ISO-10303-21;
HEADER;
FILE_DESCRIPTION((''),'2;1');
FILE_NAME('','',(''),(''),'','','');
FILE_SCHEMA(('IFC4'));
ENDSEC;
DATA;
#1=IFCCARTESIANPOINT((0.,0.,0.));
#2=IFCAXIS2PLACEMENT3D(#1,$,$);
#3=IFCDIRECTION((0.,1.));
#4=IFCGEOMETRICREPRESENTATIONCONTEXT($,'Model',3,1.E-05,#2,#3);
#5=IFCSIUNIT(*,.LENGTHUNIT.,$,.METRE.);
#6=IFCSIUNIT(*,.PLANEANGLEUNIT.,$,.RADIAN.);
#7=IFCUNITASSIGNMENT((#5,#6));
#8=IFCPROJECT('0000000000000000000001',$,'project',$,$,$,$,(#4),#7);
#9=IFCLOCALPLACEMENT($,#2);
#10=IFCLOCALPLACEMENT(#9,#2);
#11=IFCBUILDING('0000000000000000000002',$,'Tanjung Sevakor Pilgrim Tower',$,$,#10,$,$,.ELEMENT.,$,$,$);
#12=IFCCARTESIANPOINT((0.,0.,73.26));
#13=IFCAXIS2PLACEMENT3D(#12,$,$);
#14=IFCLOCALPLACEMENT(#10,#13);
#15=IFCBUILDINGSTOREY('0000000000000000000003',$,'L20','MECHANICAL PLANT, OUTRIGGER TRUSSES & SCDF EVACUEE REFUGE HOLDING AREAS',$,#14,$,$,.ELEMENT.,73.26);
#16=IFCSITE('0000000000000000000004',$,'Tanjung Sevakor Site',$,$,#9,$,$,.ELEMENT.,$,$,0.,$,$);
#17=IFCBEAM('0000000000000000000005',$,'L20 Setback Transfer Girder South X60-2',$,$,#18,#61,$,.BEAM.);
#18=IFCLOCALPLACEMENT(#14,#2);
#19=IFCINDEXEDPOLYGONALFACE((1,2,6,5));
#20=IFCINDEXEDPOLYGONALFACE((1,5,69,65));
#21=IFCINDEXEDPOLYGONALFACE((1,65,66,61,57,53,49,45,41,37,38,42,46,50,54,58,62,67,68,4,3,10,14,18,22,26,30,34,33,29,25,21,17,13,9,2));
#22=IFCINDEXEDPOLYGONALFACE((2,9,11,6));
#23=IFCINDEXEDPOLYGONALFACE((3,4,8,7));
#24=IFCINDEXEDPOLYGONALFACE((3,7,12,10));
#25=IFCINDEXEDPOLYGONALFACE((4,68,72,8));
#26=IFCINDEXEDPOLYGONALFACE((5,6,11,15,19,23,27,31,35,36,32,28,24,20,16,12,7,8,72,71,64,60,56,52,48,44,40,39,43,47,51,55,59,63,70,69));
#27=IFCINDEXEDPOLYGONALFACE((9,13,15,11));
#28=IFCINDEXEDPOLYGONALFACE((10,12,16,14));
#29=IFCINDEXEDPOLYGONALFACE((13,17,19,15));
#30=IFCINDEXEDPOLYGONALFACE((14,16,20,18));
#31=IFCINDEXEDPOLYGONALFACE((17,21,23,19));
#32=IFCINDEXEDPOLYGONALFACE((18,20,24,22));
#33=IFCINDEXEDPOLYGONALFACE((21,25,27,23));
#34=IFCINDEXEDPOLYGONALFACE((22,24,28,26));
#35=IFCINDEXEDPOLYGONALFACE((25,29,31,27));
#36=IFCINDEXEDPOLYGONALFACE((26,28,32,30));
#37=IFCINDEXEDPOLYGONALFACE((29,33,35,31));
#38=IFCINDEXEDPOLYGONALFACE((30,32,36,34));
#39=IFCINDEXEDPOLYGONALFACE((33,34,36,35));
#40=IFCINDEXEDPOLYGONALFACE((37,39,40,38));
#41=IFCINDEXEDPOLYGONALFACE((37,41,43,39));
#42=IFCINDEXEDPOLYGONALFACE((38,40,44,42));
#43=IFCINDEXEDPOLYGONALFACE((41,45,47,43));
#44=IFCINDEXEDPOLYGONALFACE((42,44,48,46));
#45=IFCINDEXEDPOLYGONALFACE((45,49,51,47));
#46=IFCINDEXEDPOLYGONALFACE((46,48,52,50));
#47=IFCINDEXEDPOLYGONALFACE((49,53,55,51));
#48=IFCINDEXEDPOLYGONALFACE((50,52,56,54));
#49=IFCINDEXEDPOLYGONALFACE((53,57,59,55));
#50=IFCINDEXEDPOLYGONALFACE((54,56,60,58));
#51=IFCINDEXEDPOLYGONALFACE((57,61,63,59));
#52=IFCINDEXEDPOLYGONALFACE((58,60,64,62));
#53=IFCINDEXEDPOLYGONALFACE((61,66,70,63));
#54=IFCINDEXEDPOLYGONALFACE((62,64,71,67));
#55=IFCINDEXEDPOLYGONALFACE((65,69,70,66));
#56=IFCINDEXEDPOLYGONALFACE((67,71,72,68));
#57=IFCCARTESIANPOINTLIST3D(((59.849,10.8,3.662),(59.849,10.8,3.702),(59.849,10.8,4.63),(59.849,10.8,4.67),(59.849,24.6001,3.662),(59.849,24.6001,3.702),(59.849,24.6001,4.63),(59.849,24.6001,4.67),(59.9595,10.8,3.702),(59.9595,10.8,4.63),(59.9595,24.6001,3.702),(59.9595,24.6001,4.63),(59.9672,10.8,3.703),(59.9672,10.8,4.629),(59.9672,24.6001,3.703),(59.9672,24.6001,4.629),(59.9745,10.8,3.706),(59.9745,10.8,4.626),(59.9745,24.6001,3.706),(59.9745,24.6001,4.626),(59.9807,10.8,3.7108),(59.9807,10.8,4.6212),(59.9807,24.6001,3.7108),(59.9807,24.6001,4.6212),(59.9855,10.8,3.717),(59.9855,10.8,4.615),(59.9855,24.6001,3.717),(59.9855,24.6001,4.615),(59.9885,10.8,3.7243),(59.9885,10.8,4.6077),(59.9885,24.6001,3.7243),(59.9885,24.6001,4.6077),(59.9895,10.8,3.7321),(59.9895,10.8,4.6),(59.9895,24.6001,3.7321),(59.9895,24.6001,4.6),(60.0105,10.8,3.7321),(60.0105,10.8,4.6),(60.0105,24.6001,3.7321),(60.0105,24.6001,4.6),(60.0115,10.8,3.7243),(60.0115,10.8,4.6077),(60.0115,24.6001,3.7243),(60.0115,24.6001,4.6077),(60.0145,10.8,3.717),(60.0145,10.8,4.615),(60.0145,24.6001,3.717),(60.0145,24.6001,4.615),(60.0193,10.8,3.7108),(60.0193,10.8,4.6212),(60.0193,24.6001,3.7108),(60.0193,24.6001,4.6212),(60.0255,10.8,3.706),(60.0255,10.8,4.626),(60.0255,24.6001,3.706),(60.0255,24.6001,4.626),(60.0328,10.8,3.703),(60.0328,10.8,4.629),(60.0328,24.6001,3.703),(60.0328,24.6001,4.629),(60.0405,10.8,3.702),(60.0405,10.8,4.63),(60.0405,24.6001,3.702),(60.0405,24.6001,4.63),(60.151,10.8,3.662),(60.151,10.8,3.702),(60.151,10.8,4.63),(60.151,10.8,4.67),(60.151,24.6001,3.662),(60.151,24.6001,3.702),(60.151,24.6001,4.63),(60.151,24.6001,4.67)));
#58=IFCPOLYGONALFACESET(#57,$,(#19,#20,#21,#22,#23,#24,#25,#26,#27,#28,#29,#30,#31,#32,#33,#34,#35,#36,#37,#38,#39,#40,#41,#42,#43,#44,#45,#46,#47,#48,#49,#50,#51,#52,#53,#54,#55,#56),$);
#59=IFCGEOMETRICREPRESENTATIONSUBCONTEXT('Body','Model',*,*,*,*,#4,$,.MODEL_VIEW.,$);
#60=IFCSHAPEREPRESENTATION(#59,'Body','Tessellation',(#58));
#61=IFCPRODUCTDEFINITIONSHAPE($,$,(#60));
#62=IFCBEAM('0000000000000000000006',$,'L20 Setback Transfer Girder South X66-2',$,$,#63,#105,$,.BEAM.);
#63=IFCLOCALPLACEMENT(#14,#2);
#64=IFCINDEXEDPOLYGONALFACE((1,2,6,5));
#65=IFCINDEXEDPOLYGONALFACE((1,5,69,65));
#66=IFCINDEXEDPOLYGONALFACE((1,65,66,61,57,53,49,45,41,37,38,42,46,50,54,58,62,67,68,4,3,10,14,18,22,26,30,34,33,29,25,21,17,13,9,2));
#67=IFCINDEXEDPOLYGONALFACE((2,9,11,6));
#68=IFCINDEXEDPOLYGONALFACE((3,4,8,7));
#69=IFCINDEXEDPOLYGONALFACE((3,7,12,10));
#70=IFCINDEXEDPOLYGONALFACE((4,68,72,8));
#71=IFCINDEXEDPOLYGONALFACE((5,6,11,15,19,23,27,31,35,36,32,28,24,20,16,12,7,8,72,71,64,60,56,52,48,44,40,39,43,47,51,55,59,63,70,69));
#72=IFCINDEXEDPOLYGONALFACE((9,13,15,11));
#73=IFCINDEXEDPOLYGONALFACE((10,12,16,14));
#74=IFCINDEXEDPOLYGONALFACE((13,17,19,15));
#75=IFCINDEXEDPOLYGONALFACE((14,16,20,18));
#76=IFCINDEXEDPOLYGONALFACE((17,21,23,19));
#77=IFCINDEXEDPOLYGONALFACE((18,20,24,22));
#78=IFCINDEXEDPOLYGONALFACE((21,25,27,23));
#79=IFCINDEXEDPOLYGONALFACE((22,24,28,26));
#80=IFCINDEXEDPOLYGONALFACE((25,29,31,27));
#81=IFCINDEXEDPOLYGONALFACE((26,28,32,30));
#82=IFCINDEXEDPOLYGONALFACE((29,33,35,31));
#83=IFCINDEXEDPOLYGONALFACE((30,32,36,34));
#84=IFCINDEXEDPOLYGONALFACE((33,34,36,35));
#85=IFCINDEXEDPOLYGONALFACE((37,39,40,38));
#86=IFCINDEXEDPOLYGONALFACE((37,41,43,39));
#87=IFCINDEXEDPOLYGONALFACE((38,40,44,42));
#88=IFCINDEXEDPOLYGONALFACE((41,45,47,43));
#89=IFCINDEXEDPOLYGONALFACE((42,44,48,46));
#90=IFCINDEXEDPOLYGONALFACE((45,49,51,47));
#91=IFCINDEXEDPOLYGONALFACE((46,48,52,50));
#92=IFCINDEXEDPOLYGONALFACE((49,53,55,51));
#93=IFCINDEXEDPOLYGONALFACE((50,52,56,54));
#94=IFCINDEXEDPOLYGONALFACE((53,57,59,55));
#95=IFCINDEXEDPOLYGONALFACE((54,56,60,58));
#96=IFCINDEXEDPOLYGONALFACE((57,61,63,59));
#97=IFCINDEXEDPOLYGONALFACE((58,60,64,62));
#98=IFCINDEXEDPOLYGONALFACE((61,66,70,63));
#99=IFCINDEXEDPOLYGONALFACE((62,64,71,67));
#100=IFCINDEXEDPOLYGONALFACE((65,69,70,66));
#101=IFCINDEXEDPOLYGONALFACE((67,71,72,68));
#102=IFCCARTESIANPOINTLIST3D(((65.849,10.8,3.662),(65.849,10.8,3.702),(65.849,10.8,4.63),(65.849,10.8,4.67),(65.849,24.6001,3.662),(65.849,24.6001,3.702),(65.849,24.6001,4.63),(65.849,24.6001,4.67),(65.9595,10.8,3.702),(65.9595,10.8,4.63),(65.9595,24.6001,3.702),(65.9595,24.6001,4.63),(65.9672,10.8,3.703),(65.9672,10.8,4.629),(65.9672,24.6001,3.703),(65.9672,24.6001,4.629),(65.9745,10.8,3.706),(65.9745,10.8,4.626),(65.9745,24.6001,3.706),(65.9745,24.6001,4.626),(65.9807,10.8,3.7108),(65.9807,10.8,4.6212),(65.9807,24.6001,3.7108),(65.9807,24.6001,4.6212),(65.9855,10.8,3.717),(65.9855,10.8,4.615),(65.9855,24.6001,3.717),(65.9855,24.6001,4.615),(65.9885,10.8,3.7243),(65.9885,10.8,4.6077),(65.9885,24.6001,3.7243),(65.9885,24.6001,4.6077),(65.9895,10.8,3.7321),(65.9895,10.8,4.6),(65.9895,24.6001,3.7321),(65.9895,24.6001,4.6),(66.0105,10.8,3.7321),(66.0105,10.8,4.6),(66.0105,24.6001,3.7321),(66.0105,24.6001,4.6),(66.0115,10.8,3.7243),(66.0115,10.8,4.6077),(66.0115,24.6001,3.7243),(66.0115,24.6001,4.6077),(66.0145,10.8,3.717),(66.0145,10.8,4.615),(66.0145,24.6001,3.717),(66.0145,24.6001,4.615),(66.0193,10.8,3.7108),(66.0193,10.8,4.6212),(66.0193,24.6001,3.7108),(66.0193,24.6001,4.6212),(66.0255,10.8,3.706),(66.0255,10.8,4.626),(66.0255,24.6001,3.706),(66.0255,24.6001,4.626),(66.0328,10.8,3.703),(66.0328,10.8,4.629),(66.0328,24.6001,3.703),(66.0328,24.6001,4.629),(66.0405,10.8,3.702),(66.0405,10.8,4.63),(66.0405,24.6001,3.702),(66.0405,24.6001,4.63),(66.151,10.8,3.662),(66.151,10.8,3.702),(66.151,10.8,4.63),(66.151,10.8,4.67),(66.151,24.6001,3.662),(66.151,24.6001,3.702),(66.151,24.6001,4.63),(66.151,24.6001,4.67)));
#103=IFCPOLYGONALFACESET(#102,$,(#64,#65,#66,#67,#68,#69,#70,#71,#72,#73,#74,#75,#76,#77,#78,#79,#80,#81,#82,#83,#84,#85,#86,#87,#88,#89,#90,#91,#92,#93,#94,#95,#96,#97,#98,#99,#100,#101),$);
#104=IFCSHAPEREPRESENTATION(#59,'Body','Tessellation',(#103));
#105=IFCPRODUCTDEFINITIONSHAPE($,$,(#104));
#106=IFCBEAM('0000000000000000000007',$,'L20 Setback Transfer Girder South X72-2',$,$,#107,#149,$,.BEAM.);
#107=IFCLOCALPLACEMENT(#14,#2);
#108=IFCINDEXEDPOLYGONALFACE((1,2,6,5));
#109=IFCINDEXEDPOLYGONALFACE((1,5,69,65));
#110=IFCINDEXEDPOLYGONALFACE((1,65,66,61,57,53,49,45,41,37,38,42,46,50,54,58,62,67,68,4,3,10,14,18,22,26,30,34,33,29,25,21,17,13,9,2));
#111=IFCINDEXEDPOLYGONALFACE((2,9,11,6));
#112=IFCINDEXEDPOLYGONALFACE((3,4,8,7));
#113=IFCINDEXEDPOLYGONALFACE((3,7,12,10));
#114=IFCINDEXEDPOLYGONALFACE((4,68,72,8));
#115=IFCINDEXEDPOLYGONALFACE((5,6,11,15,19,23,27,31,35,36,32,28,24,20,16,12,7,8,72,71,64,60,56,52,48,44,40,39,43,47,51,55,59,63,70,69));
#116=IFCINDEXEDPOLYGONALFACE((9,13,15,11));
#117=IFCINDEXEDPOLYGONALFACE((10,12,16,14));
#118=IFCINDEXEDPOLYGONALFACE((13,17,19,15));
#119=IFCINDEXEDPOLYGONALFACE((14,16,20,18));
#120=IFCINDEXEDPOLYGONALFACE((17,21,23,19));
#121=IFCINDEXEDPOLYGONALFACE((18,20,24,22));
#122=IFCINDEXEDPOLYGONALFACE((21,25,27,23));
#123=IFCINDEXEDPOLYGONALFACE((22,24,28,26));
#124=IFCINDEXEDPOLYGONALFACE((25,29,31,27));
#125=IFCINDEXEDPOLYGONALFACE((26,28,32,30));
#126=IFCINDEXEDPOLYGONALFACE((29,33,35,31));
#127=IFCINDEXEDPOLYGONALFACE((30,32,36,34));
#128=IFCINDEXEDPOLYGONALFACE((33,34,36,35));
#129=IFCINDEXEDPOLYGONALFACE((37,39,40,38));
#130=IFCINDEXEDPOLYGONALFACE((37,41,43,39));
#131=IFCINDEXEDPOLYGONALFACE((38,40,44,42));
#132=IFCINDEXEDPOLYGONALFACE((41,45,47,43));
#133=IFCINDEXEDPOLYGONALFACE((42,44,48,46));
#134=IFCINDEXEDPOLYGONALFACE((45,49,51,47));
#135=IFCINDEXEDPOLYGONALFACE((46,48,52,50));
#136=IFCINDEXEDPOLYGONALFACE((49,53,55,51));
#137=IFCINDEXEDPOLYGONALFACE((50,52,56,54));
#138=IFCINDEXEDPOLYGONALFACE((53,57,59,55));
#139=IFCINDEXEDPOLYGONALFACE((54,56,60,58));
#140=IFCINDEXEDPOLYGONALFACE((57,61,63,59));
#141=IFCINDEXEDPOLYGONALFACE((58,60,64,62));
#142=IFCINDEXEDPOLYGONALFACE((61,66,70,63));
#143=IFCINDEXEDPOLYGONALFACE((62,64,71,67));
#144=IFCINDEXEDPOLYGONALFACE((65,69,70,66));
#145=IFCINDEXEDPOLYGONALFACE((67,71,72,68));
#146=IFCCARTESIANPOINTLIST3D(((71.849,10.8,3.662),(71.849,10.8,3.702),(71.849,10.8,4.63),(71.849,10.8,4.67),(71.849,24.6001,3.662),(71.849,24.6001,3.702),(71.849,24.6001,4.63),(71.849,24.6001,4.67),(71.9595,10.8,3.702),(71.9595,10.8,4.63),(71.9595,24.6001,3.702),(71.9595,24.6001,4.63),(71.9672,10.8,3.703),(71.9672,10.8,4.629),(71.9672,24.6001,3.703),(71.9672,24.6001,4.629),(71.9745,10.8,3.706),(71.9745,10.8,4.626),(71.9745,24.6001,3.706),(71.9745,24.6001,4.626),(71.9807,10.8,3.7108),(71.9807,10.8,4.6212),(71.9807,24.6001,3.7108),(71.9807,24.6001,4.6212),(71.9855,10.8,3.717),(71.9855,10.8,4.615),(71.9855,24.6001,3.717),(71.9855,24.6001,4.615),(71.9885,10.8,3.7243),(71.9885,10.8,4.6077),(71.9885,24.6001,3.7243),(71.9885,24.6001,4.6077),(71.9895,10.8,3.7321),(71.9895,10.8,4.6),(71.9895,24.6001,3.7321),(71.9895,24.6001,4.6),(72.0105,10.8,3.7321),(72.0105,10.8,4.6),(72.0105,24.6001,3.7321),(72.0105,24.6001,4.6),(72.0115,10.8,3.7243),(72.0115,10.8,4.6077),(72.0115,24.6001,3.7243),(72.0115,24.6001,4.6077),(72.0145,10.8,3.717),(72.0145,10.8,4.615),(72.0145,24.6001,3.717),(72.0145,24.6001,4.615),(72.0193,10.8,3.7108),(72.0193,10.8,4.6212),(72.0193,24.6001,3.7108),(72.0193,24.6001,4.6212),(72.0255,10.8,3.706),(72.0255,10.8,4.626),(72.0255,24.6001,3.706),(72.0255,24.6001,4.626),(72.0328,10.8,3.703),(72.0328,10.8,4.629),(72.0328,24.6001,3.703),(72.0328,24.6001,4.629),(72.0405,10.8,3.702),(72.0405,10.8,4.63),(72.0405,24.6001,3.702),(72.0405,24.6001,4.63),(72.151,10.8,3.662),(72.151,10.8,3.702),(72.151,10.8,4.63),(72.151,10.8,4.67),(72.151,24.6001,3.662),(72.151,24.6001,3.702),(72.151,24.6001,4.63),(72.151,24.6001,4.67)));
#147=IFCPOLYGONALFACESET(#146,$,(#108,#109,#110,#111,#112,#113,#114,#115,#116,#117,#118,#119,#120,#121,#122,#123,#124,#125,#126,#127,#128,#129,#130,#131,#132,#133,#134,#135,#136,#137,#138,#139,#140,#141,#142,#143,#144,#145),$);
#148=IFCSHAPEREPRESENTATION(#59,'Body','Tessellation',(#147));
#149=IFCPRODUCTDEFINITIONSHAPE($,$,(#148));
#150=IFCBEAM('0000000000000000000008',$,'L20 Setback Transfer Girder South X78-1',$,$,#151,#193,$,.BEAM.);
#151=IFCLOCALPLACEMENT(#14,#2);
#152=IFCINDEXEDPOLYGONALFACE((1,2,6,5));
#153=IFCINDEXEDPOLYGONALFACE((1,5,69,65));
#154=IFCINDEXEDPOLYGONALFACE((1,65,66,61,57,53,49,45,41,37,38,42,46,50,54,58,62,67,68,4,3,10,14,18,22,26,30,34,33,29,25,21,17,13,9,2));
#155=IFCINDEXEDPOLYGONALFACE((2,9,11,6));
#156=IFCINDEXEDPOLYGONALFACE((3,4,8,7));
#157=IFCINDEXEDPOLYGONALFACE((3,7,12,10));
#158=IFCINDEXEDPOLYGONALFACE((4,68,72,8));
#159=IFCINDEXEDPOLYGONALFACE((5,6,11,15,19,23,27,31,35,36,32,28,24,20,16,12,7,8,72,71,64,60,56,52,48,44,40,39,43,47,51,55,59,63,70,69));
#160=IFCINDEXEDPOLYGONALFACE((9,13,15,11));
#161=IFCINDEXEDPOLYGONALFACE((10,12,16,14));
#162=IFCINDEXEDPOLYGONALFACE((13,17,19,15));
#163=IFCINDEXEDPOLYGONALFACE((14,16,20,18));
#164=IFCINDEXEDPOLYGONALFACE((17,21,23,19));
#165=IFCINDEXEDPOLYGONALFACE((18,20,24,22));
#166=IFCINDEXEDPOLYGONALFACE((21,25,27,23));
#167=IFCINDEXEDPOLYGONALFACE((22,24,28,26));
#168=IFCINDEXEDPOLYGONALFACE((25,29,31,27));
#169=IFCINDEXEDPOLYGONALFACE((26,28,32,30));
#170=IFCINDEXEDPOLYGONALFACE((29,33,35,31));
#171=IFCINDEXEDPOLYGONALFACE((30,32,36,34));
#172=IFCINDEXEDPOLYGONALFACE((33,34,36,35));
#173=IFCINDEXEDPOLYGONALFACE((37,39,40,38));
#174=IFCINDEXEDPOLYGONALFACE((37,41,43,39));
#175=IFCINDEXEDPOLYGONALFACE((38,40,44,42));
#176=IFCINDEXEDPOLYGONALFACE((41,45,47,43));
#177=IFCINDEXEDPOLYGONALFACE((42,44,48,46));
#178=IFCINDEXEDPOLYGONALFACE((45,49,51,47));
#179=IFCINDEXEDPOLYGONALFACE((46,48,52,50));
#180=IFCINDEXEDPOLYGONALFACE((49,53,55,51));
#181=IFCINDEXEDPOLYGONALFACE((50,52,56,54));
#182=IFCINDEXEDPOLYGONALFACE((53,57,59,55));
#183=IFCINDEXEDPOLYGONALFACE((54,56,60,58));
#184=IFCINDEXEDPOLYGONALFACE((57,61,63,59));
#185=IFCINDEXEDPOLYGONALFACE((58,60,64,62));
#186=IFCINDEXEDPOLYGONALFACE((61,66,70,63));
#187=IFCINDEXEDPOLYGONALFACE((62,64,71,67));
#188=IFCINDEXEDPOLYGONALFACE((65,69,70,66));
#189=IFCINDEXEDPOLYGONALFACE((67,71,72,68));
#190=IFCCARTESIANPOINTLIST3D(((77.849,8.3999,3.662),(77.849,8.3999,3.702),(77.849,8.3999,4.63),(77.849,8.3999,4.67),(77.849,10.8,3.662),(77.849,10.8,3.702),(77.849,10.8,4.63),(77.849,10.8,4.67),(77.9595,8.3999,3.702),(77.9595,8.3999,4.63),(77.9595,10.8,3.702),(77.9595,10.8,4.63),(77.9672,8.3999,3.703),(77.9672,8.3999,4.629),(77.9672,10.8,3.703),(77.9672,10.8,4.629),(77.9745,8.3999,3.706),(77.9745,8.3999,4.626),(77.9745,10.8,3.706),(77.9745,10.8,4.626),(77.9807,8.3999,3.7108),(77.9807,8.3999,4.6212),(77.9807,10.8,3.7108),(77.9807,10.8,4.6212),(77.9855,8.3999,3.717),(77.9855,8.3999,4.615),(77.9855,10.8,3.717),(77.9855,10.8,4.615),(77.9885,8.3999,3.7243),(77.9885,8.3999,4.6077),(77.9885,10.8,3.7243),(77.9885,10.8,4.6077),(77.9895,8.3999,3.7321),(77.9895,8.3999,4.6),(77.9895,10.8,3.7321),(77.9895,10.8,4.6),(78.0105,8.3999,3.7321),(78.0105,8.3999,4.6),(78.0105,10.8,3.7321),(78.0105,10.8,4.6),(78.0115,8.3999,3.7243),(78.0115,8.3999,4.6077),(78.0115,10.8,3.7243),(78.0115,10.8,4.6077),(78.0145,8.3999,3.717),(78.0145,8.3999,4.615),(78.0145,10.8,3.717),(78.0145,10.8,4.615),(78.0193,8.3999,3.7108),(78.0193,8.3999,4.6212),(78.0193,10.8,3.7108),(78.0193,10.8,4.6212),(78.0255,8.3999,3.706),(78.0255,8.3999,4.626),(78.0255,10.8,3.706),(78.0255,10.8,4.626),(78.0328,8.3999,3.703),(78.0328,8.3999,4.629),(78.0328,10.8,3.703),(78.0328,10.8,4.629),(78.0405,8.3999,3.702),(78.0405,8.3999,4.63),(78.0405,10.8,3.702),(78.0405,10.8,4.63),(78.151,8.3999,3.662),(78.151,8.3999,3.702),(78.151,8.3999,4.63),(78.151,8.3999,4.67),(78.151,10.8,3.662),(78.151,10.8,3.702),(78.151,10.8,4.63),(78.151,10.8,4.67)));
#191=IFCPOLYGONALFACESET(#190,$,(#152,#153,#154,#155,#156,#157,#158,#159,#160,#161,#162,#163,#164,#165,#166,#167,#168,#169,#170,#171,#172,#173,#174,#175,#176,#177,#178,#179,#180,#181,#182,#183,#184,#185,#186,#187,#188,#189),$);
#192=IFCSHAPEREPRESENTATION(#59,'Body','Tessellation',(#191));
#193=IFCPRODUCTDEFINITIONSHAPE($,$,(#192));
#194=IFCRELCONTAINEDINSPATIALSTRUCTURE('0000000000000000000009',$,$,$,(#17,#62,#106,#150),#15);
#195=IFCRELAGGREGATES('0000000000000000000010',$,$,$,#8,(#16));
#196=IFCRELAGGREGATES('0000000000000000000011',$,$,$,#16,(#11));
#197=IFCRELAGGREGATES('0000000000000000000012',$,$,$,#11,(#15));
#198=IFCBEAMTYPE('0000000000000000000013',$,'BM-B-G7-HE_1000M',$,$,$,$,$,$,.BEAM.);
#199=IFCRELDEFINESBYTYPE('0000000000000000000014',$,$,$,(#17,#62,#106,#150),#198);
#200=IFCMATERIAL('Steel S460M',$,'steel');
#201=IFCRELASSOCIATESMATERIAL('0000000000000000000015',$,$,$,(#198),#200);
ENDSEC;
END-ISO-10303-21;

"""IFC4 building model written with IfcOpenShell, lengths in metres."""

from ifc_helpers import new_model, si_unit, direction, frame, origin, origin_2d, place, context, subcontext, project, spatial, i_section, extrude, material, material_profile, profile_set, type_object, element, save


model = new_model("IFC4")

# Units and contexts
model_context = context("Model", 3, precision=1e-05, world=origin(), true_north=direction((0.0, 1.0)))
body_context = subcontext(model_context, "Body", "Model", "MODEL_VIEW")
ifc_project = project(units=[si_unit("LENGTHUNIT", "METRE"), si_unit("PLANEANGLEUNIT", "RADIAN")], contexts=[model_context])

# Site, building, storey
site_placement = place(None, origin())
site = spatial("IfcSite", under=ifc_project, at=site_placement, Name="Tanjung Sevakor Site", CompositionType="ELEMENT", RefElevation=0.0)
building_placement = place(site_placement, origin())
building = spatial("IfcBuilding", under=site, at=building_placement, Name="Tanjung Sevakor Pilgrim Tower", CompositionType="ELEMENT")
storey_placement = place(building_placement, frame((0.0, 0.0, 73.26)))
storey = spatial("IfcBuildingStorey", under=building, at=storey_placement, Name="L20", Description="MECHANICAL PLANT, OUTRIGGER TRUSSES & SCDF EVACUEE REFUGE HOLDING AREAS", CompositionType="ELEMENT", Elevation=73.26)

# Beams
ifc_material_1 = material(Name="Steel S460M", Category="steel")
ifc_material_profile_1 = material_profile(ifc_material_1, i_section(OverallWidth=0.302, OverallDepth=1.0081, WebThickness=0.021, FlangeThickness=0.04, FilletRadius=0.03, at=origin_2d()))
ifc_profile_set_1 = profile_set([ifc_material_profile_1], Name="Steel S460M")
beam_type_1 = type_object("IfcBeamType", Name="BM-B-G7-HE_1000M", PredefinedType="BEAM", material=ifc_profile_set_1)
for number, where, z_axis, x_axis, name in (
    (1, (60.0, 10.8, 4.166), (0.0, 1.0, 0.0), (-1.0, 0.0, 0.0), "L20 Setback Transfer Girder South X60-2"),
    (2, (66.0, 10.8, 4.166), (0.0, 1.0, 0.0), (-1.0, 0.0, 0.0), "L20 Setback Transfer Girder South X66-2"),
    (3, (72.0, 10.8, 4.166), (0.0, 1.0, 0.0), (-1.0, 0.0, 0.0), "L20 Setback Transfer Girder South X72-2"),
):
    element("IfcBeam", number, at=place(storey_placement, frame(where, z_axis=z_axis, x_axis=x_axis)), inside=storey, type_object=beam_type_1, Name=name, PredefinedType="BEAM", context=body_context, shape_type="SweptSolid", body=[
        extrude(i_section(OverallWidth=0.302, OverallDepth=1.0081, WebThickness=0.021, FlangeThickness=0.04, FilletRadius=0.03, at=origin_2d()), origin(), (0.0, 0.0, 1.0), 13.8),
    ])
beam_1_placement = place(storey_placement, frame((78.0, 8.3999, 4.166), z_axis=(0.0, 1.0, 0.0), x_axis=(-1.0, 0.0, 0.0)))
element("IfcBeam", 4, at=beam_1_placement, inside=storey, type_object=beam_type_1, Name="L20 Setback Transfer Girder South X78-1", PredefinedType="BEAM", context=body_context, shape_type="SweptSolid", body=[
    extrude(i_section(OverallWidth=0.302, OverallDepth=1.0081, WebThickness=0.021, FlangeThickness=0.04, FilletRadius=0.03, at=origin_2d()), origin(), (0.0, 0.0, 1.0), 2.4001),
])

save(model, "model.ifc")
